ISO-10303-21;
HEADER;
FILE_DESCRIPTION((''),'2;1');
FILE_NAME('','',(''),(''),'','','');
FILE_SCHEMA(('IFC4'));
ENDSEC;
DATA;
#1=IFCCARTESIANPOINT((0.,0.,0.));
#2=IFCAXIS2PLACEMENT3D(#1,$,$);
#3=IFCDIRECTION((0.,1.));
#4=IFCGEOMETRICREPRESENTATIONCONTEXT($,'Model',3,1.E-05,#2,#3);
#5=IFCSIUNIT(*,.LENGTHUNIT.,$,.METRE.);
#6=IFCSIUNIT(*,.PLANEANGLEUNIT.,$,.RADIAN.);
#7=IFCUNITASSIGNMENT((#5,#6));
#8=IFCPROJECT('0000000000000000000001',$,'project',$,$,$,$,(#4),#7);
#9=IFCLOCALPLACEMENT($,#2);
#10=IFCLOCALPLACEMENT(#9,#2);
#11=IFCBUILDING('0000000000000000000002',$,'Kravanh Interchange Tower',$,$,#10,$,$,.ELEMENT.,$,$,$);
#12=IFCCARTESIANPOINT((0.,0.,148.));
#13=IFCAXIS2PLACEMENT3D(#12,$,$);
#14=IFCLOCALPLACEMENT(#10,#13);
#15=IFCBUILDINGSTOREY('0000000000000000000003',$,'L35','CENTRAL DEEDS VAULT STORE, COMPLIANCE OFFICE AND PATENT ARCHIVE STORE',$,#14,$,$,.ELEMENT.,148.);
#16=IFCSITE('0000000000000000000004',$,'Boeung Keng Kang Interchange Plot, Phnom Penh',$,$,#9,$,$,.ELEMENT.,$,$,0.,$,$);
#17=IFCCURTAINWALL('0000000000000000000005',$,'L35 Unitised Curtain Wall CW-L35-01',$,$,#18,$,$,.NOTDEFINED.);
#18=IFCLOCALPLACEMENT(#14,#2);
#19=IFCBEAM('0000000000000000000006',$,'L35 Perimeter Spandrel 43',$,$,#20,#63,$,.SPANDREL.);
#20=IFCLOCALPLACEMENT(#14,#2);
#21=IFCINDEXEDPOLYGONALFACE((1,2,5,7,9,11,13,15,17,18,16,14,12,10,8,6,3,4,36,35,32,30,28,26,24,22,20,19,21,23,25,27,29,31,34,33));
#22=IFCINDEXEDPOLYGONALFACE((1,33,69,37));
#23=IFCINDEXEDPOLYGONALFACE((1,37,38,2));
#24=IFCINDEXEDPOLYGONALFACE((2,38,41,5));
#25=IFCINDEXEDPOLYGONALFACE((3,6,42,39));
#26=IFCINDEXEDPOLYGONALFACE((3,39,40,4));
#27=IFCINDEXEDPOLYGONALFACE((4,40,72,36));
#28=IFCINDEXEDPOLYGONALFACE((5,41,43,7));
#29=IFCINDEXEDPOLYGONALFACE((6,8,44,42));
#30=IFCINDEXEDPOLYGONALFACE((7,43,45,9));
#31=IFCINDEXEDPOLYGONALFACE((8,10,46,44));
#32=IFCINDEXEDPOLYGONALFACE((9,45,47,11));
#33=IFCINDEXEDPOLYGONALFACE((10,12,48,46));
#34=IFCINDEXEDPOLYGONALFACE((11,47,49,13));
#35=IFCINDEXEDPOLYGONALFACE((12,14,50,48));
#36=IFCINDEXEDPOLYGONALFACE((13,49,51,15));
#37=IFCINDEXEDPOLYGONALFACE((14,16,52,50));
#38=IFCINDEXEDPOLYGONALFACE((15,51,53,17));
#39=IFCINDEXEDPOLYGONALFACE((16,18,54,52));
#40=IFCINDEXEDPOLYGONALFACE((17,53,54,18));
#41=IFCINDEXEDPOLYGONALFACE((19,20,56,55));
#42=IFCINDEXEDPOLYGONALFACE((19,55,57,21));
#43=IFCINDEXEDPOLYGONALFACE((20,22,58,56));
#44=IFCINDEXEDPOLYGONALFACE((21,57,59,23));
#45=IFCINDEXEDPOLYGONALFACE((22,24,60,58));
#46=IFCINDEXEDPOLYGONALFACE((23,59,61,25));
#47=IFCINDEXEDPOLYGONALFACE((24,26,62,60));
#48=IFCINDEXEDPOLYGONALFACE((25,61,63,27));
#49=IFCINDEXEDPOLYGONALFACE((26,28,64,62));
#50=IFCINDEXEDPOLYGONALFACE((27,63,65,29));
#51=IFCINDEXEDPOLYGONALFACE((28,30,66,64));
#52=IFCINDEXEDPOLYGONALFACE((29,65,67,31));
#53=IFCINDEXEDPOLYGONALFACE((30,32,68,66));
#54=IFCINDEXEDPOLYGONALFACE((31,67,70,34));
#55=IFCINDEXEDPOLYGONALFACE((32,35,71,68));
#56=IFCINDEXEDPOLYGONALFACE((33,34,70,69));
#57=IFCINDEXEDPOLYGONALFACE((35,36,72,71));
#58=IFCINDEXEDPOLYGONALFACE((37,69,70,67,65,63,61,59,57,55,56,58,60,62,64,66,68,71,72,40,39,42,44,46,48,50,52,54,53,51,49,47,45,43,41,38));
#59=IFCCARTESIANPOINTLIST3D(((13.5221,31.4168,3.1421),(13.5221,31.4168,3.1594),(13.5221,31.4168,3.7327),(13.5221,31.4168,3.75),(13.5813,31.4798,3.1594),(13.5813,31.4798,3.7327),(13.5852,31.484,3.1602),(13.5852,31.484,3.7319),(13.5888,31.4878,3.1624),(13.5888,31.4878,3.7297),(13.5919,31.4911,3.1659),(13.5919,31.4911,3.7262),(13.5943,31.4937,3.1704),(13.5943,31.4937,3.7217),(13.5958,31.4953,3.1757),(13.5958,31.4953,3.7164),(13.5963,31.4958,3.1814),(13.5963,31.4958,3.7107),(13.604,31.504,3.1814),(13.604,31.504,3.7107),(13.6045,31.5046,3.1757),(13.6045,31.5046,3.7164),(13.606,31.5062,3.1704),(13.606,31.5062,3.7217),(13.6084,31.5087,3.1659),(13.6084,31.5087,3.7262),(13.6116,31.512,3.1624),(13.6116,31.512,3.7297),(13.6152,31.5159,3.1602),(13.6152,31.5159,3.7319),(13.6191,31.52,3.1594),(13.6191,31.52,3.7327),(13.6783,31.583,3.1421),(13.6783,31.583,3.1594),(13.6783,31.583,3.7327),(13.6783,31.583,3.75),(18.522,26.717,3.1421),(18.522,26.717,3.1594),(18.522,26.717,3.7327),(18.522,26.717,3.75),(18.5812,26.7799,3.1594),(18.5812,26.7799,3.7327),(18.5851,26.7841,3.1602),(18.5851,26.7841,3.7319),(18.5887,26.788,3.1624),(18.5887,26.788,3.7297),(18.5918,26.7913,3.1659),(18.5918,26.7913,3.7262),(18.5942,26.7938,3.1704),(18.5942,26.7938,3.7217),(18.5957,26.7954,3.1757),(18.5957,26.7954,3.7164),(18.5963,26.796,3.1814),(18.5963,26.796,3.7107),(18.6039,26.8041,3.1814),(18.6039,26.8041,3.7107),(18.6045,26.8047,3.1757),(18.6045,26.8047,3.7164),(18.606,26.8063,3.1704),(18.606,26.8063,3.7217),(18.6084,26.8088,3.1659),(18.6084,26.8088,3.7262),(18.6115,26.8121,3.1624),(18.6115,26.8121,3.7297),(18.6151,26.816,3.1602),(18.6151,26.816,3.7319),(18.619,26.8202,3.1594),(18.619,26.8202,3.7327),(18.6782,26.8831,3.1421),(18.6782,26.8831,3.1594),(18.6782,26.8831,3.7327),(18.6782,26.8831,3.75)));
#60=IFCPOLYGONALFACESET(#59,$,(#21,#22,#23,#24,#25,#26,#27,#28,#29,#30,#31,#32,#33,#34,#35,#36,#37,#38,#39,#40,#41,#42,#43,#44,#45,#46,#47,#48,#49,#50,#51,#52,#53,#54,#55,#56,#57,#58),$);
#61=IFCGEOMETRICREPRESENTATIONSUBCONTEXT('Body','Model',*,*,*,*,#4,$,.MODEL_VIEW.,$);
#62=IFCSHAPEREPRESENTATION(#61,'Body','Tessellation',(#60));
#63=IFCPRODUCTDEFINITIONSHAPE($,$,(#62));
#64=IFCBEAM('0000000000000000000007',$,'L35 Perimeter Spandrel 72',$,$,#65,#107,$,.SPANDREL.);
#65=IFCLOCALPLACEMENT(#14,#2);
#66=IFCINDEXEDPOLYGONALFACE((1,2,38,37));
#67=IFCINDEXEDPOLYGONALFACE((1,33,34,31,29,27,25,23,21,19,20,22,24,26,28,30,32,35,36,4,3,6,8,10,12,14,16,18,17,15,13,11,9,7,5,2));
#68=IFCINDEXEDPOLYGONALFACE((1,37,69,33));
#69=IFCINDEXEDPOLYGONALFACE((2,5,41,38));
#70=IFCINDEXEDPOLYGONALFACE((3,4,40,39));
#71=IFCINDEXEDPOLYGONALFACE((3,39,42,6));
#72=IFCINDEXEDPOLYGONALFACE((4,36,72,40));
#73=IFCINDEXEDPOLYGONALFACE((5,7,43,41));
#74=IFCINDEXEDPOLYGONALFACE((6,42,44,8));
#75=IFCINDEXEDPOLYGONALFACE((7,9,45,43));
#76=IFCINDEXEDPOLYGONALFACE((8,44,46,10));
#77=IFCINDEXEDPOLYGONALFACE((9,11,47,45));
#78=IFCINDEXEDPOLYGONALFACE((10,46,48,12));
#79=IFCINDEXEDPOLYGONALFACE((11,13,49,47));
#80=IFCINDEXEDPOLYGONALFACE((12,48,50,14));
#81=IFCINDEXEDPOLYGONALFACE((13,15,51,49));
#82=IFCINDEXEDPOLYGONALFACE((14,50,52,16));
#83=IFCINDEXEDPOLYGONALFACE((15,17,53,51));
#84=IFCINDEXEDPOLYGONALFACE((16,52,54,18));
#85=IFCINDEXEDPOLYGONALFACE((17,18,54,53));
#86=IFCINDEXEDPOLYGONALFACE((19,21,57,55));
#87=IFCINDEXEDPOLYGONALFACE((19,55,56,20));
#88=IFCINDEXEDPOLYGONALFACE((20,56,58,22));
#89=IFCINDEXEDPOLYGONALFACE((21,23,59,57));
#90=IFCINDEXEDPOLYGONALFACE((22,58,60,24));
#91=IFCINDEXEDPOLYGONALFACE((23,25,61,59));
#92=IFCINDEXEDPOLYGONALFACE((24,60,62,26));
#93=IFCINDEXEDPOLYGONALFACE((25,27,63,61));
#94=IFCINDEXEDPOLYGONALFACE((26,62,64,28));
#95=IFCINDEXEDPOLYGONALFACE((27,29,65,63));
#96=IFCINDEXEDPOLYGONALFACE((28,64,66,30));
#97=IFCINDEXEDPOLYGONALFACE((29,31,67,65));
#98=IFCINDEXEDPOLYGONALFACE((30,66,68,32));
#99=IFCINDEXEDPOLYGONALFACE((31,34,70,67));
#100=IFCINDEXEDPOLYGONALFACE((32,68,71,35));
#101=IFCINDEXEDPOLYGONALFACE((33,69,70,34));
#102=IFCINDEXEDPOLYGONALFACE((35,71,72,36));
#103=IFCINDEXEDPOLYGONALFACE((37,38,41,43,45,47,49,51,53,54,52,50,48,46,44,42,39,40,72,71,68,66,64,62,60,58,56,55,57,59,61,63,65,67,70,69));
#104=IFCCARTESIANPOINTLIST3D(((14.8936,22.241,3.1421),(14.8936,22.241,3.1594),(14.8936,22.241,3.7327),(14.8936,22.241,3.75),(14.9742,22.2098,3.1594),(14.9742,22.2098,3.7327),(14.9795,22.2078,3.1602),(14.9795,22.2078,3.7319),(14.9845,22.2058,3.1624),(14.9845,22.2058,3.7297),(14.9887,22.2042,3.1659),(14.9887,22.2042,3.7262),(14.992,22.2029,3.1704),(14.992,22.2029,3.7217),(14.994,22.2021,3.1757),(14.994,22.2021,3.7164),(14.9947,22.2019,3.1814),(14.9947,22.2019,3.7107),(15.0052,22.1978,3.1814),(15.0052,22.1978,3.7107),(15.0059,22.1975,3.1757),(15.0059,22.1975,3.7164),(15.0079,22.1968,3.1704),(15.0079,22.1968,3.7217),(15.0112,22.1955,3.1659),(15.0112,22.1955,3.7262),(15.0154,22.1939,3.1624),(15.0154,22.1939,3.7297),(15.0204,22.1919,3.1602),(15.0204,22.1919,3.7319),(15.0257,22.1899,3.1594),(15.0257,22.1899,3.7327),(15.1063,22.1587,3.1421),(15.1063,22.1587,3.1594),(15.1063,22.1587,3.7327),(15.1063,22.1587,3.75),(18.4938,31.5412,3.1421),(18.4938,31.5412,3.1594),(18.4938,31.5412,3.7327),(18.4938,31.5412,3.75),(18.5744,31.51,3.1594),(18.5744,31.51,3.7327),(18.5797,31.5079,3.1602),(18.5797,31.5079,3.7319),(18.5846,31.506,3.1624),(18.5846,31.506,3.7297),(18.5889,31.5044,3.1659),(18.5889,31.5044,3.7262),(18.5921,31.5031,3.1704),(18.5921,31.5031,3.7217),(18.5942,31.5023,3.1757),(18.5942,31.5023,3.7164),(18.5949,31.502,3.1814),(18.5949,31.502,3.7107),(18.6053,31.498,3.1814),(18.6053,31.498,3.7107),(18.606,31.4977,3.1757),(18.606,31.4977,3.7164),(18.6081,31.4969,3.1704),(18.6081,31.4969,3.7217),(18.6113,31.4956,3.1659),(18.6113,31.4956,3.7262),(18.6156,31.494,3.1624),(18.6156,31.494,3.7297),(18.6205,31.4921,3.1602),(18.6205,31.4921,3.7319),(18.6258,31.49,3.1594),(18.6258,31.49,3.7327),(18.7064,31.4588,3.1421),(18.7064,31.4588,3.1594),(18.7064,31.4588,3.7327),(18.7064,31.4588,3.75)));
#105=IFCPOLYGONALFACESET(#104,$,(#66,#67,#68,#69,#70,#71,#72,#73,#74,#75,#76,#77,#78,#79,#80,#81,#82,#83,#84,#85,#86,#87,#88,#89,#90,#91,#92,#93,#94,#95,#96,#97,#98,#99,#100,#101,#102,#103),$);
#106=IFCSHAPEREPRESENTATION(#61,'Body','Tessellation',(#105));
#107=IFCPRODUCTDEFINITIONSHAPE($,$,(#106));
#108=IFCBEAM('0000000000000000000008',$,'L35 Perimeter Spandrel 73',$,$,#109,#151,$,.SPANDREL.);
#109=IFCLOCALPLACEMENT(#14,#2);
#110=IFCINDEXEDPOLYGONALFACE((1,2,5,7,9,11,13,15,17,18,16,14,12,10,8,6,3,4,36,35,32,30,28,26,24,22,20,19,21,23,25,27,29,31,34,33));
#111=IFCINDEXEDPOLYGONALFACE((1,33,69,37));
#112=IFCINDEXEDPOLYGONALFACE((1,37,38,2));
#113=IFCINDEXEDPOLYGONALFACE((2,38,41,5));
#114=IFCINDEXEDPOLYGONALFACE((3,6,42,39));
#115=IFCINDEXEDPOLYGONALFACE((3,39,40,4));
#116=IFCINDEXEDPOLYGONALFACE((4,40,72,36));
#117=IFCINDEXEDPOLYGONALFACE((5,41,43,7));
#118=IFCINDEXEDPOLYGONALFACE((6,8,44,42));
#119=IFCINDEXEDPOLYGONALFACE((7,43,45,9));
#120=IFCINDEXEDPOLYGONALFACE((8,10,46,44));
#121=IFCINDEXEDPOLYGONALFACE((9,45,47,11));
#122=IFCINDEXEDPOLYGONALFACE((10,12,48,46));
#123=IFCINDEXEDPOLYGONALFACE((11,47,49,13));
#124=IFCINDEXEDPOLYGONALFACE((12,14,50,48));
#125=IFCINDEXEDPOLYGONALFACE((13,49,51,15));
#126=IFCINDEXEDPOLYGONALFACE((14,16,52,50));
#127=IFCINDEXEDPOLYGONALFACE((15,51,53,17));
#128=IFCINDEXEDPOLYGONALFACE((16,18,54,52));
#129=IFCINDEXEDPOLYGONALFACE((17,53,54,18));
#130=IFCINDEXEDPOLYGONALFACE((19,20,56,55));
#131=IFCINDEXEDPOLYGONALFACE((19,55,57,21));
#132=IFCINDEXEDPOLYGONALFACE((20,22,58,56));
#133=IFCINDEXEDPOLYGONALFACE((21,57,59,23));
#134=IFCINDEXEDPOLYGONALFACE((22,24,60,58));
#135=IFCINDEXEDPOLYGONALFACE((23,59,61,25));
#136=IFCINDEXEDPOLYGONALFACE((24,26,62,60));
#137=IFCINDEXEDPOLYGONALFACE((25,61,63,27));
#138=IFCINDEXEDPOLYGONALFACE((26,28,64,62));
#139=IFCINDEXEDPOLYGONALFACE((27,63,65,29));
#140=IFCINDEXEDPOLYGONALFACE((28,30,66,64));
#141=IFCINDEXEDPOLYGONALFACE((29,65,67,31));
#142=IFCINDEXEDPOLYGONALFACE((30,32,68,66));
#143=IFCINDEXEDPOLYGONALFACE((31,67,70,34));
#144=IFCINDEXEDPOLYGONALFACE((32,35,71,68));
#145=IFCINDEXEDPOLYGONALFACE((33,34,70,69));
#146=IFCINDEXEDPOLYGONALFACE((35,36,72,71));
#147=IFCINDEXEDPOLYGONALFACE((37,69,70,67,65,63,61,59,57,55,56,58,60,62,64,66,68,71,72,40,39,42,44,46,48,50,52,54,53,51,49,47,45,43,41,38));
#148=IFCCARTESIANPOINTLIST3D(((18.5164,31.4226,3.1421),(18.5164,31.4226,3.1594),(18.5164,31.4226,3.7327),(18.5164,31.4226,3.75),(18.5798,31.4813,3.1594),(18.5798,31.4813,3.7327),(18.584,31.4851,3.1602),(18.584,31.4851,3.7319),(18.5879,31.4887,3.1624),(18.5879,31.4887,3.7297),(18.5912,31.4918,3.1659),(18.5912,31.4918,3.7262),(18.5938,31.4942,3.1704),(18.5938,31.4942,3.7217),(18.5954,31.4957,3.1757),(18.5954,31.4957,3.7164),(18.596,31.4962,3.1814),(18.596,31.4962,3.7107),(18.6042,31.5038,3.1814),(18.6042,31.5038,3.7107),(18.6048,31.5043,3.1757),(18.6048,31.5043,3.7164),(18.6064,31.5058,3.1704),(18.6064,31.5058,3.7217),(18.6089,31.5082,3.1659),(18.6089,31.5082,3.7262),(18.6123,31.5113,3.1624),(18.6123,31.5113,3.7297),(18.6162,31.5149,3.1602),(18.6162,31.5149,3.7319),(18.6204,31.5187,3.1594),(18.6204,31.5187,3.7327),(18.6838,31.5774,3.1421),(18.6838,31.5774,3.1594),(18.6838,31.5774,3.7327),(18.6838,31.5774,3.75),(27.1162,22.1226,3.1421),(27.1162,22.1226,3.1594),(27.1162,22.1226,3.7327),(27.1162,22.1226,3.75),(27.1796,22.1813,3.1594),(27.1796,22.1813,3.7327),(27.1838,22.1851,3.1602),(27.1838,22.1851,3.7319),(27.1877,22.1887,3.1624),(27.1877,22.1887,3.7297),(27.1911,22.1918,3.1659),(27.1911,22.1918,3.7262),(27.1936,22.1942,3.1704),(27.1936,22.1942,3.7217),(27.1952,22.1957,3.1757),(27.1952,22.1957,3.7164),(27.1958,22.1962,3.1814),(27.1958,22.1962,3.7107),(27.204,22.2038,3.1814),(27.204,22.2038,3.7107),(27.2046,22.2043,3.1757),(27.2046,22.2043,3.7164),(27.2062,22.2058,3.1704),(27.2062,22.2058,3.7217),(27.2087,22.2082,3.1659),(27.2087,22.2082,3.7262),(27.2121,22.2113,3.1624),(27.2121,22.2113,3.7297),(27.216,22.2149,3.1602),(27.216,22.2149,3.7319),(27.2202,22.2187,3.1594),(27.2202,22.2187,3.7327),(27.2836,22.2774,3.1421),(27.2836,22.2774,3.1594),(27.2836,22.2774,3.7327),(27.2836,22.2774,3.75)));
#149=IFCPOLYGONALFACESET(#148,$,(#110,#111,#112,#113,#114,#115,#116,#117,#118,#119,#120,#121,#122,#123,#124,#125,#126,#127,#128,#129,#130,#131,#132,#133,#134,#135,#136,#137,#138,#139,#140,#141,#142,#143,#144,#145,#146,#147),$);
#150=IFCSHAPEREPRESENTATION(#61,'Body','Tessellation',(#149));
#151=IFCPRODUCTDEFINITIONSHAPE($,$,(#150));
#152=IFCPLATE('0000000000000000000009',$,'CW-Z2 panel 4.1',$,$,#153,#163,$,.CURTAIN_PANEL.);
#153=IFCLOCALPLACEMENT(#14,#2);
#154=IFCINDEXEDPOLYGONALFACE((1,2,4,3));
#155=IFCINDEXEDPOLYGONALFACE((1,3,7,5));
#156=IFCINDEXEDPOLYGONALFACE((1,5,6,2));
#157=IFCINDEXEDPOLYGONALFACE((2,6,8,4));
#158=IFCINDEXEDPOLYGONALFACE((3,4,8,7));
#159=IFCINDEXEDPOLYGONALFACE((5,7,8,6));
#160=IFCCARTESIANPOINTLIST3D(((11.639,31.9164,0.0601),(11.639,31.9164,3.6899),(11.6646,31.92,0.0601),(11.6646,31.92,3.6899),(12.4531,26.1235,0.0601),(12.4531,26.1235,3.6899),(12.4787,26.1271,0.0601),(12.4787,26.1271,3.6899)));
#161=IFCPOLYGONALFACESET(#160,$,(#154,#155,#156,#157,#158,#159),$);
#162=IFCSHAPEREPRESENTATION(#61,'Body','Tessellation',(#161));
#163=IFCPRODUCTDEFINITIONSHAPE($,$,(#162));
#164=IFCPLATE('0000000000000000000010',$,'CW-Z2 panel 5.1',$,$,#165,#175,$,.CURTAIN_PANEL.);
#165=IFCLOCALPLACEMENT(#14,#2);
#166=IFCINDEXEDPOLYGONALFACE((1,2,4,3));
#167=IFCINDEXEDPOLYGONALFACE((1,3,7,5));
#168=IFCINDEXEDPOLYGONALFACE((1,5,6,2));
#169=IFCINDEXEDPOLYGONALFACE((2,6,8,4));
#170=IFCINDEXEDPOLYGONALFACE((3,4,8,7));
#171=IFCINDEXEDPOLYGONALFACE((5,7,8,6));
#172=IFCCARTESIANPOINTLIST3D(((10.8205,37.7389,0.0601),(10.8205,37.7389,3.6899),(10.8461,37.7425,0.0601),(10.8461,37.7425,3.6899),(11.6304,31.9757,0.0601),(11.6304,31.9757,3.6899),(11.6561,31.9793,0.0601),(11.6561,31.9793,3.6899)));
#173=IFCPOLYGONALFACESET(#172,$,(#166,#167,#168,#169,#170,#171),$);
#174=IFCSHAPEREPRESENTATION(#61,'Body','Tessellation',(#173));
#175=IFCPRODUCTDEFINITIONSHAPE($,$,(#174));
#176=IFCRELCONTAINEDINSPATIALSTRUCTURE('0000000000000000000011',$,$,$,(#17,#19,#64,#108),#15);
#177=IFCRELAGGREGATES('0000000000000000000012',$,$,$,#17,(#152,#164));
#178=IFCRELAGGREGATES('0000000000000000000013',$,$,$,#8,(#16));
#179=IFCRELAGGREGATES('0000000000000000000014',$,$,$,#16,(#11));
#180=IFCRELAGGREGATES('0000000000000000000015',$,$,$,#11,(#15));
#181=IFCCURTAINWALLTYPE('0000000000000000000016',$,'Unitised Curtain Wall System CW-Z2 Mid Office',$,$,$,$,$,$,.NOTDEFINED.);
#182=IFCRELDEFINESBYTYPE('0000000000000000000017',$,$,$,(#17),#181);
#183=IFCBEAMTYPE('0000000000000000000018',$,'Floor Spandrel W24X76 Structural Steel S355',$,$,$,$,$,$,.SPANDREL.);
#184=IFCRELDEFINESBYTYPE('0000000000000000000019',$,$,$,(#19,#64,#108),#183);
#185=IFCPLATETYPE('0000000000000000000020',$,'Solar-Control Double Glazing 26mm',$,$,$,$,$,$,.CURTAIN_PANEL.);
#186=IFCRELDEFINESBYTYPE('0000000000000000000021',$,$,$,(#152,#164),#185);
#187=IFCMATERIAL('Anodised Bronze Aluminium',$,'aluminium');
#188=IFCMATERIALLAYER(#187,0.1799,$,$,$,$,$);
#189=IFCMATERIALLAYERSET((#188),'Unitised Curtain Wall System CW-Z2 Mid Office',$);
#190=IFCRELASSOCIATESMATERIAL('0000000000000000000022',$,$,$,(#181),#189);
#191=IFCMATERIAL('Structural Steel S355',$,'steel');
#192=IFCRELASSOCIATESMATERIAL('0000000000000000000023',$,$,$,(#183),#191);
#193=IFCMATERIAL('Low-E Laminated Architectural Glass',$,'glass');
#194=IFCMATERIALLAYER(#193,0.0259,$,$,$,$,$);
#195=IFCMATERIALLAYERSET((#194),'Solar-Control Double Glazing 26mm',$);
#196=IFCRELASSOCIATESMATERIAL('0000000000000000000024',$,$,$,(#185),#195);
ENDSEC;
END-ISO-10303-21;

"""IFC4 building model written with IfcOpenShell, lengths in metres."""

from ifc_helpers import new_model, si_unit, direction, frame, origin, origin_2d, place, context, subcontext, project, spatial, rectangle, i_section, extrude, material, layer, layer_set, material_profile, profile_set, type_object, element, aggregate, save


model = new_model("IFC4")

# Units and contexts
model_context = context("Model", 3, precision=1e-05, world=origin(), true_north=direction((0.0, 1.0)))
body_context = subcontext(model_context, "Body", "Model", "MODEL_VIEW")
ifc_project = project(units=[si_unit("LENGTHUNIT", "METRE"), si_unit("PLANEANGLEUNIT", "RADIAN")], contexts=[model_context])

# Site, building, storey
site_placement = place(None, origin())
site = spatial("IfcSite", under=ifc_project, at=site_placement, Name="Boeung Keng Kang Interchange Plot, Phnom Penh", CompositionType="ELEMENT", RefElevation=0.0)
building_placement = place(site_placement, origin())
building = spatial("IfcBuilding", under=site, at=building_placement, Name="Kravanh Interchange Tower", CompositionType="ELEMENT")
storey_placement = place(building_placement, frame((0.0, 0.0, 148.0)))
storey = spatial("IfcBuildingStorey", under=building, at=storey_placement, Name="L35", Description="CENTRAL DEEDS VAULT STORE, COMPLIANCE OFFICE AND PATENT ARCHIVE STORE", CompositionType="ELEMENT", Elevation=148.0)

# Curtain wall
ifc_material_1 = material(Name="Anodised Bronze Aluminium", Category="aluminium")
ifc_layer_1 = layer(ifc_material_1, 0.1799)
ifc_layer_set_1 = layer_set([ifc_layer_1], Name="Unitised Curtain Wall System CW-Z2 Mid Office")
curtain_wall_type = type_object("IfcCurtainWallType", Name="Unitised Curtain Wall System CW-Z2 Mid Office", PredefinedType="NOTDEFINED", material=ifc_layer_set_1)
curtain_wall_placement = place(storey_placement, origin())
curtain_wall = element("IfcCurtainWall", 1, at=curtain_wall_placement, inside=storey, type_object=curtain_wall_type, Name="L35 Unitised Curtain Wall CW-L35-01", PredefinedType="NOTDEFINED")

# Beams
ifc_material_2 = material(Name="Structural Steel S355", Category="steel")
ifc_material_profile_1 = material_profile(ifc_material_2, i_section(OverallWidth=0.228, OverallDepth=0.6079, WebThickness=0.0112, FlangeThickness=0.0173, FilletRadius=0.022, at=origin_2d()), Name="W24X76")
ifc_profile_set_1 = profile_set([ifc_material_profile_1], Name="Structural Steel S355")
beam_type_1 = type_object("IfcBeamType", Name="Floor Spandrel W24X76 Structural Steel S355", PredefinedType="SPANDREL", material=ifc_profile_set_1)
beam_1_placement = place(storey_placement, frame((18.6001, 26.8, 3.446), z_axis=(-0.728631, 0.684906, 0.0), x_axis=(-0.684906, -0.728631, 0.0)))
element("IfcBeam", 2, at=beam_1_placement, inside=storey, type_object=beam_type_1, Name="L35 Perimeter Spandrel 43", PredefinedType="SPANDREL", context=body_context, shape_type="SweptSolid", body=[
    extrude(i_section(OverallWidth=0.228, OverallDepth=0.6079, WebThickness=0.0112, FlangeThickness=0.0173, FilletRadius=0.022, at=origin_2d()), origin(), (0.0, 0.0, 1.0), 6.8621),
])
beam_2_placement = place(storey_placement, frame((18.6001, 31.5, 3.446), z_axis=(-0.361001, -0.932565, 0.0), x_axis=(0.932565, -0.361001, 0.0)))
element("IfcBeam", 3, at=beam_2_placement, inside=storey, type_object=beam_type_1, Name="L35 Perimeter Spandrel 72", PredefinedType="SPANDREL", context=body_context, shape_type="SweptSolid", body=[
    extrude(i_section(OverallWidth=0.228, OverallDepth=0.6079, WebThickness=0.0112, FlangeThickness=0.0173, FilletRadius=0.022, at=origin_2d()), origin(), (0.0, 0.0, 1.0), 9.9727),
])
beam_3_placement = place(storey_placement, frame((18.6001, 31.5, 3.446), z_axis=(0.678927, -0.734205, 0.0), x_axis=(0.734205, 0.678927, 0.0)))
element("IfcBeam", 4, at=beam_3_placement, inside=storey, type_object=beam_type_1, Name="L35 Perimeter Spandrel 73", PredefinedType="SPANDREL", context=body_context, shape_type="SweptSolid", body=[
    extrude(i_section(OverallWidth=0.228, OverallDepth=0.6079, WebThickness=0.0112, FlangeThickness=0.0173, FilletRadius=0.022, at=origin_2d()), origin(), (0.0, 0.0, 1.0), 12.6667),
])

# Plates
ifc_material_3 = material(Name="Low-E Laminated Architectural Glass", Category="glass")
ifc_layer_2 = layer(ifc_material_3, 0.0259)
ifc_layer_set_2 = layer_set([ifc_layer_2], Name="Solar-Control Double Glazing 26mm")
plate_type = type_object("IfcPlateType", Name="Solar-Control Double Glazing 26mm", PredefinedType="CURTAIN_PANEL", material=ifc_layer_set_2)
plate_1_placement = place(storey_placement, frame((12.0588, 29.0217, 0.0601), z_axis=(0.0, 0.0, 1.0), x_axis=(-0.139173, 0.990268, 0.0)))
plate_1 = element("IfcPlate", 5, at=plate_1_placement, type_object=plate_type, Name="CW-Z2 panel 4.1", PredefinedType="CURTAIN_PANEL", context=body_context, shape_type="SweptSolid", body=[
    extrude(rectangle(XDim=5.8499, YDim=0.0259, at=origin_2d()), origin(), (0.0, 0.0, 1.0), 3.6299),
])
plate_2_placement = place(storey_placement, frame((11.2383, 34.8591, 0.0601), z_axis=(0.0, 0.0, 1.0), x_axis=(-0.139173, 0.990268, 0.0)))
plate_2 = element("IfcPlate", 6, at=plate_2_placement, type_object=plate_type, Name="CW-Z2 panel 5.1", PredefinedType="CURTAIN_PANEL", context=body_context, shape_type="SweptSolid", body=[
    extrude(rectangle(XDim=5.8198, YDim=0.0259, at=origin_2d()), origin(), (0.0, 0.0, 1.0), 3.6299),
])
aggregate(curtain_wall, [plate_1, plate_2])

save(model, "model.ifc")
